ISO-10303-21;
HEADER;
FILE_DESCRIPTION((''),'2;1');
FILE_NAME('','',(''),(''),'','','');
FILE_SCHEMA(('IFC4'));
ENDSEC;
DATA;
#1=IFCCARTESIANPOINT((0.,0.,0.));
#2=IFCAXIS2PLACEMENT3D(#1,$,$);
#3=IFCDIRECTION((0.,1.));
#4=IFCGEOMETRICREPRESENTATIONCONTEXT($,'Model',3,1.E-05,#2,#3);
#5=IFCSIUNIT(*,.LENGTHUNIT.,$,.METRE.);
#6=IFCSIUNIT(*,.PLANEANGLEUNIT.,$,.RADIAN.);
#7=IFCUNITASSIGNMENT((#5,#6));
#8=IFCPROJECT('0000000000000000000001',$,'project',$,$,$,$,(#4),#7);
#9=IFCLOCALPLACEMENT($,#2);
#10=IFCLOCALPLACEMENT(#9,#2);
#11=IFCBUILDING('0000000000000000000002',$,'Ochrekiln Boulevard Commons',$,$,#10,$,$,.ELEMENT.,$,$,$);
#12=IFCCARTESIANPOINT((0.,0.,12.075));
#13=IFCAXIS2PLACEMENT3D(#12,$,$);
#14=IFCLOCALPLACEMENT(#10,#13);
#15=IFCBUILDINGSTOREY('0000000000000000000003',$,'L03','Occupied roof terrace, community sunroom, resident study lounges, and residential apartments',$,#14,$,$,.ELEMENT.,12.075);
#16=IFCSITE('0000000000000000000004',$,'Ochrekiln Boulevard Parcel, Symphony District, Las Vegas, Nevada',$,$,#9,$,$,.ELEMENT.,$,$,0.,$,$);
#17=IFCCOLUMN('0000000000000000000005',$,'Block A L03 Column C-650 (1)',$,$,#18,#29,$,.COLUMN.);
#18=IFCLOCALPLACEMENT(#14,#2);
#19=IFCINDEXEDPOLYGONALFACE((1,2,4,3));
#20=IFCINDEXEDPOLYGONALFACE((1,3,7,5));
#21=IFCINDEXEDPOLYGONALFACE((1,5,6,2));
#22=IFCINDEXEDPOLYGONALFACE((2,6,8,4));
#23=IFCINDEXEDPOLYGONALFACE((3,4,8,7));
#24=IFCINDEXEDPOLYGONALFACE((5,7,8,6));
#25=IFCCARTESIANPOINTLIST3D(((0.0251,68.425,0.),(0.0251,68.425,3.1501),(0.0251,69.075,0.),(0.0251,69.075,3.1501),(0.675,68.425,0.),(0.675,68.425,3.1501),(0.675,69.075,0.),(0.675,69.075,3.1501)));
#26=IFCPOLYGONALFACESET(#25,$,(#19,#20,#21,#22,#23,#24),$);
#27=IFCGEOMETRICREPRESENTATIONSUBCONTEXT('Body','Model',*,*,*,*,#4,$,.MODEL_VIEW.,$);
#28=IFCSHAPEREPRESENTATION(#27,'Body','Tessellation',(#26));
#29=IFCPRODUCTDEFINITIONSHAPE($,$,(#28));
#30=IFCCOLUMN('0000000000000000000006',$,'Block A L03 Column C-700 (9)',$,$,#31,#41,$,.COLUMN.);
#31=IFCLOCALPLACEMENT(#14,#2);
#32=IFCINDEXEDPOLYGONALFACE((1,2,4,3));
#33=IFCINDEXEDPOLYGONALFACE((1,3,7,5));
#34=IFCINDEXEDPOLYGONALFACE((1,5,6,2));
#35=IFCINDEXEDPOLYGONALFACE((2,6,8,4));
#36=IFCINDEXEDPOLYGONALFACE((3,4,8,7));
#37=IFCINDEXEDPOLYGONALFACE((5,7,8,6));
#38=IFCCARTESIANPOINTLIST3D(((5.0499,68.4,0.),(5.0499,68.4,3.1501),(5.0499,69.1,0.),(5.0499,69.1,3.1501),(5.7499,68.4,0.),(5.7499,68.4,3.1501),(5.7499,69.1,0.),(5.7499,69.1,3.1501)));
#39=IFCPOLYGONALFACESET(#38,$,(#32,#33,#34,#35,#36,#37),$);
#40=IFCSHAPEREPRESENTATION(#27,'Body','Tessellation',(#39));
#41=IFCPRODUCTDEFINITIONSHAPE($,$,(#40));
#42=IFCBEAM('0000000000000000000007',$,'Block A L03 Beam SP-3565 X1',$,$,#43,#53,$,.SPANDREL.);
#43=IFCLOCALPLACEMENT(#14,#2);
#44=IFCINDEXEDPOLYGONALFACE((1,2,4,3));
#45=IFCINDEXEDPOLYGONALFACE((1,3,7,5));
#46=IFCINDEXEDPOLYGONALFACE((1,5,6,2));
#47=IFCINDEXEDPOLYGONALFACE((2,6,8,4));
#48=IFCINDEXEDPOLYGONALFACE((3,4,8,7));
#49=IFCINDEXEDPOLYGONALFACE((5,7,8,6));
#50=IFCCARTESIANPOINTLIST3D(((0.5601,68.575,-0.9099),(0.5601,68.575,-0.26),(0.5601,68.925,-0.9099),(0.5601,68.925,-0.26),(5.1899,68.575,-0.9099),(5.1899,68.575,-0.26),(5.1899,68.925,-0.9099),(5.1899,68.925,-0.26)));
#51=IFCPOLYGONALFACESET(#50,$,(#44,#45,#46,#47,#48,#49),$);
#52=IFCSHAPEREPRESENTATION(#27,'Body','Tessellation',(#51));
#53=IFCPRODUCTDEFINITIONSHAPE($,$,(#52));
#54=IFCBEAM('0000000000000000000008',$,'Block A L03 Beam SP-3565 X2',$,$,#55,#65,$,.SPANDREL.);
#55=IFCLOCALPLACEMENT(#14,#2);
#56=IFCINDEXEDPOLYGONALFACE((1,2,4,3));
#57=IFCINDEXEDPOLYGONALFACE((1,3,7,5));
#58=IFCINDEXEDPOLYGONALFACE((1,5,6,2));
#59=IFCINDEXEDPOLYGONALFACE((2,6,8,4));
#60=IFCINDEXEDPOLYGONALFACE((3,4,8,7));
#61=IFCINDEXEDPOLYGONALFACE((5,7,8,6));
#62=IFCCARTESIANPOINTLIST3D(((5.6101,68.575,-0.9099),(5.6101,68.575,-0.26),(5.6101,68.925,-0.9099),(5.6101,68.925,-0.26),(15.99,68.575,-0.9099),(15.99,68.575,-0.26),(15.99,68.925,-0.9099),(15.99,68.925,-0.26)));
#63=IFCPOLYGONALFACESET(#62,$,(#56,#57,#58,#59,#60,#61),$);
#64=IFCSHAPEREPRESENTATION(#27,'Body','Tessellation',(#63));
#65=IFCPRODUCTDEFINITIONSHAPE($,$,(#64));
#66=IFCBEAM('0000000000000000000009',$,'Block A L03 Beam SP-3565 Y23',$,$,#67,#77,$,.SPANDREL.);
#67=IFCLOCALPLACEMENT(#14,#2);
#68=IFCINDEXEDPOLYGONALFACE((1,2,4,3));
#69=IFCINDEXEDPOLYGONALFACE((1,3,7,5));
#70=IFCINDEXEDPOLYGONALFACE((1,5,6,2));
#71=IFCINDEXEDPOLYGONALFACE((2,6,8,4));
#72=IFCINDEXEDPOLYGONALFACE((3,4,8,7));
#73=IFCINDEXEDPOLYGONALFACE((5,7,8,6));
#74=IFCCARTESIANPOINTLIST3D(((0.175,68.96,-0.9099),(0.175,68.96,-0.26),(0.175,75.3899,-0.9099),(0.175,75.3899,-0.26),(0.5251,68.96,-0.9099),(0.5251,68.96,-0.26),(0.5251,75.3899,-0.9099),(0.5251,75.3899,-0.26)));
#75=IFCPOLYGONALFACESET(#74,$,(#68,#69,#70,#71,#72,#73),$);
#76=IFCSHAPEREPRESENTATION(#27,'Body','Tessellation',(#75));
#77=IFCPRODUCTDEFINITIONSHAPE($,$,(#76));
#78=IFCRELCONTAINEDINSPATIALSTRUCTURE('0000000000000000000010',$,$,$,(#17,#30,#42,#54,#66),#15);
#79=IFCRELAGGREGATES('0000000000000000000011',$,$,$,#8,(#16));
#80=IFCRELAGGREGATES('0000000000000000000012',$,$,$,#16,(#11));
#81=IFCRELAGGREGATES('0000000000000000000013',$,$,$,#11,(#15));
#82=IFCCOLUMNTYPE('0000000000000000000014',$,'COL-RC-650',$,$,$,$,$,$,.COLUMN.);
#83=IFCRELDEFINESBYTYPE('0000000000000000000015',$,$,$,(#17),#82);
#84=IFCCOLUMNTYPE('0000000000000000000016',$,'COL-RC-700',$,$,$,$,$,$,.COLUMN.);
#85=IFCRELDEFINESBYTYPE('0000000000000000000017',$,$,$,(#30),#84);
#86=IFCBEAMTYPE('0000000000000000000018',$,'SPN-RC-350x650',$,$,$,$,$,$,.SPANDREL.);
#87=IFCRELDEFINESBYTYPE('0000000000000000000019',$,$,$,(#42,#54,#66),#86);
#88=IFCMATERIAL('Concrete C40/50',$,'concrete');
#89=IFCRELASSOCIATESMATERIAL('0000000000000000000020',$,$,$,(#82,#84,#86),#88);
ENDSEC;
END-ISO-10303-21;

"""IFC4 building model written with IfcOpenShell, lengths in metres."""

from ifc_helpers import new_model, si_unit, direction, frame, origin, origin_2d, place, context, subcontext, project, spatial, rectangle, extrude, material, material_profile, profile_set, type_object, element, save


model = new_model("IFC4")

# Units and contexts
model_context = context("Model", 3, precision=1e-05, world=origin(), true_north=direction((0.0, 1.0)))
body_context = subcontext(model_context, "Body", "Model", "MODEL_VIEW")
ifc_project = project(units=[si_unit("LENGTHUNIT", "METRE"), si_unit("PLANEANGLEUNIT", "RADIAN")], contexts=[model_context])

# Site, building, storey
site_placement = place(None, origin())
site = spatial("IfcSite", under=ifc_project, at=site_placement, Name="Ochrekiln Boulevard Parcel, Symphony District, Las Vegas, Nevada", CompositionType="ELEMENT", RefElevation=0.0)
building_placement = place(site_placement, origin())
building = spatial("IfcBuilding", under=site, at=building_placement, Name="Ochrekiln Boulevard Commons", CompositionType="ELEMENT")
storey_placement = place(building_placement, frame((0.0, 0.0, 12.075)))
storey = spatial("IfcBuildingStorey", under=building, at=storey_placement, Name="L03", Description="Occupied roof terrace, community sunroom, resident study lounges, and residential apartments", CompositionType="ELEMENT", Elevation=12.075)

# Columns
ifc_material_1 = material(Name="Concrete C40/50", Category="concrete")
ifc_material_profile_1 = material_profile(ifc_material_1, rectangle(XDim=0.6499, YDim=0.6499, at=origin_2d()), Name="RC-COL-650x650")
ifc_profile_set_1 = profile_set([ifc_material_profile_1], Name="Concrete C40/50")
column_type_1 = type_object("IfcColumnType", Name="COL-RC-650", PredefinedType="COLUMN", material=ifc_profile_set_1)
column_1_placement = place(storey_placement, frame((0.3501, 68.75, 0.0), z_axis=(0.0, 0.0, 1.0), x_axis=(1.0, 0.0, 0.0)))
element("IfcColumn", 1, at=column_1_placement, inside=storey, type_object=column_type_1, Name="Block A L03 Column C-650 (1)", PredefinedType="COLUMN", context=body_context, shape_type="SweptSolid", body=[
    extrude(rectangle(XDim=0.6499, YDim=0.6499, at=origin_2d()), origin(), (0.0, 0.0, 1.0), 3.1501),
])
ifc_material_profile_2 = material_profile(ifc_material_1, rectangle(XDim=0.7, YDim=0.7, at=origin_2d()), Name="RC-COL-700x700")
ifc_profile_set_2 = profile_set([ifc_material_profile_2], Name="Concrete C40/50")
column_type_2 = type_object("IfcColumnType", Name="COL-RC-700", PredefinedType="COLUMN", material=ifc_profile_set_2)
column_2_placement = place(storey_placement, frame((5.3999, 68.75, 0.0), z_axis=(0.0, 0.0, 1.0), x_axis=(1.0, 0.0, 0.0)))
element("IfcColumn", 2, at=column_2_placement, inside=storey, type_object=column_type_2, Name="Block A L03 Column C-700 (9)", PredefinedType="COLUMN", context=body_context, shape_type="SweptSolid", body=[
    extrude(rectangle(XDim=0.7, YDim=0.7, at=origin_2d()), origin(), (0.0, 0.0, 1.0), 3.1501),
])

# Beams
ifc_material_profile_3 = material_profile(ifc_material_1, rectangle(XDim=0.3501, YDim=0.6499, at=origin_2d()), Name="RC-SPN-350x650")
ifc_profile_set_3 = profile_set([ifc_material_profile_3], Name="Concrete C40/50")
beam_type = type_object("IfcBeamType", Name="SPN-RC-350x650", PredefinedType="SPANDREL", material=ifc_profile_set_3)
beam_1_placement = place(storey_placement, frame((0.5601, 68.75, -0.585), z_axis=(1.0, 0.0, 0.0), x_axis=(0.0, 1.0, 0.0)))
element("IfcBeam", 3, at=beam_1_placement, inside=storey, type_object=beam_type, Name="Block A L03 Beam SP-3565 X1", PredefinedType="SPANDREL", context=body_context, shape_type="SweptSolid", body=[
    extrude(rectangle(XDim=0.3501, YDim=0.6499, at=origin_2d()), origin(), (0.0, 0.0, 1.0), 4.6299),
])
beam_2_placement = place(storey_placement, frame((5.6101, 68.75, -0.585), z_axis=(1.0, 0.0, 0.0), x_axis=(0.0, 1.0, 0.0)))
element("IfcBeam", 4, at=beam_2_placement, inside=storey, type_object=beam_type, Name="Block A L03 Beam SP-3565 X2", PredefinedType="SPANDREL", context=body_context, shape_type="SweptSolid", body=[
    extrude(rectangle(XDim=0.3501, YDim=0.6499, at=origin_2d()), origin(), (0.0, 0.0, 1.0), 10.3799),
])
beam_3_placement = place(storey_placement, frame((0.3501, 68.96, -0.585), z_axis=(0.0, 1.0, 0.0), x_axis=(-1.0, 0.0, 0.0)))
element("IfcBeam", 5, at=beam_3_placement, inside=storey, type_object=beam_type, Name="Block A L03 Beam SP-3565 Y23", PredefinedType="SPANDREL", context=body_context, shape_type="SweptSolid", body=[
    extrude(rectangle(XDim=0.3501, YDim=0.6499, at=origin_2d()), origin(), (0.0, 0.0, 1.0), 6.4299),
])

save(model, "model.ifc")
